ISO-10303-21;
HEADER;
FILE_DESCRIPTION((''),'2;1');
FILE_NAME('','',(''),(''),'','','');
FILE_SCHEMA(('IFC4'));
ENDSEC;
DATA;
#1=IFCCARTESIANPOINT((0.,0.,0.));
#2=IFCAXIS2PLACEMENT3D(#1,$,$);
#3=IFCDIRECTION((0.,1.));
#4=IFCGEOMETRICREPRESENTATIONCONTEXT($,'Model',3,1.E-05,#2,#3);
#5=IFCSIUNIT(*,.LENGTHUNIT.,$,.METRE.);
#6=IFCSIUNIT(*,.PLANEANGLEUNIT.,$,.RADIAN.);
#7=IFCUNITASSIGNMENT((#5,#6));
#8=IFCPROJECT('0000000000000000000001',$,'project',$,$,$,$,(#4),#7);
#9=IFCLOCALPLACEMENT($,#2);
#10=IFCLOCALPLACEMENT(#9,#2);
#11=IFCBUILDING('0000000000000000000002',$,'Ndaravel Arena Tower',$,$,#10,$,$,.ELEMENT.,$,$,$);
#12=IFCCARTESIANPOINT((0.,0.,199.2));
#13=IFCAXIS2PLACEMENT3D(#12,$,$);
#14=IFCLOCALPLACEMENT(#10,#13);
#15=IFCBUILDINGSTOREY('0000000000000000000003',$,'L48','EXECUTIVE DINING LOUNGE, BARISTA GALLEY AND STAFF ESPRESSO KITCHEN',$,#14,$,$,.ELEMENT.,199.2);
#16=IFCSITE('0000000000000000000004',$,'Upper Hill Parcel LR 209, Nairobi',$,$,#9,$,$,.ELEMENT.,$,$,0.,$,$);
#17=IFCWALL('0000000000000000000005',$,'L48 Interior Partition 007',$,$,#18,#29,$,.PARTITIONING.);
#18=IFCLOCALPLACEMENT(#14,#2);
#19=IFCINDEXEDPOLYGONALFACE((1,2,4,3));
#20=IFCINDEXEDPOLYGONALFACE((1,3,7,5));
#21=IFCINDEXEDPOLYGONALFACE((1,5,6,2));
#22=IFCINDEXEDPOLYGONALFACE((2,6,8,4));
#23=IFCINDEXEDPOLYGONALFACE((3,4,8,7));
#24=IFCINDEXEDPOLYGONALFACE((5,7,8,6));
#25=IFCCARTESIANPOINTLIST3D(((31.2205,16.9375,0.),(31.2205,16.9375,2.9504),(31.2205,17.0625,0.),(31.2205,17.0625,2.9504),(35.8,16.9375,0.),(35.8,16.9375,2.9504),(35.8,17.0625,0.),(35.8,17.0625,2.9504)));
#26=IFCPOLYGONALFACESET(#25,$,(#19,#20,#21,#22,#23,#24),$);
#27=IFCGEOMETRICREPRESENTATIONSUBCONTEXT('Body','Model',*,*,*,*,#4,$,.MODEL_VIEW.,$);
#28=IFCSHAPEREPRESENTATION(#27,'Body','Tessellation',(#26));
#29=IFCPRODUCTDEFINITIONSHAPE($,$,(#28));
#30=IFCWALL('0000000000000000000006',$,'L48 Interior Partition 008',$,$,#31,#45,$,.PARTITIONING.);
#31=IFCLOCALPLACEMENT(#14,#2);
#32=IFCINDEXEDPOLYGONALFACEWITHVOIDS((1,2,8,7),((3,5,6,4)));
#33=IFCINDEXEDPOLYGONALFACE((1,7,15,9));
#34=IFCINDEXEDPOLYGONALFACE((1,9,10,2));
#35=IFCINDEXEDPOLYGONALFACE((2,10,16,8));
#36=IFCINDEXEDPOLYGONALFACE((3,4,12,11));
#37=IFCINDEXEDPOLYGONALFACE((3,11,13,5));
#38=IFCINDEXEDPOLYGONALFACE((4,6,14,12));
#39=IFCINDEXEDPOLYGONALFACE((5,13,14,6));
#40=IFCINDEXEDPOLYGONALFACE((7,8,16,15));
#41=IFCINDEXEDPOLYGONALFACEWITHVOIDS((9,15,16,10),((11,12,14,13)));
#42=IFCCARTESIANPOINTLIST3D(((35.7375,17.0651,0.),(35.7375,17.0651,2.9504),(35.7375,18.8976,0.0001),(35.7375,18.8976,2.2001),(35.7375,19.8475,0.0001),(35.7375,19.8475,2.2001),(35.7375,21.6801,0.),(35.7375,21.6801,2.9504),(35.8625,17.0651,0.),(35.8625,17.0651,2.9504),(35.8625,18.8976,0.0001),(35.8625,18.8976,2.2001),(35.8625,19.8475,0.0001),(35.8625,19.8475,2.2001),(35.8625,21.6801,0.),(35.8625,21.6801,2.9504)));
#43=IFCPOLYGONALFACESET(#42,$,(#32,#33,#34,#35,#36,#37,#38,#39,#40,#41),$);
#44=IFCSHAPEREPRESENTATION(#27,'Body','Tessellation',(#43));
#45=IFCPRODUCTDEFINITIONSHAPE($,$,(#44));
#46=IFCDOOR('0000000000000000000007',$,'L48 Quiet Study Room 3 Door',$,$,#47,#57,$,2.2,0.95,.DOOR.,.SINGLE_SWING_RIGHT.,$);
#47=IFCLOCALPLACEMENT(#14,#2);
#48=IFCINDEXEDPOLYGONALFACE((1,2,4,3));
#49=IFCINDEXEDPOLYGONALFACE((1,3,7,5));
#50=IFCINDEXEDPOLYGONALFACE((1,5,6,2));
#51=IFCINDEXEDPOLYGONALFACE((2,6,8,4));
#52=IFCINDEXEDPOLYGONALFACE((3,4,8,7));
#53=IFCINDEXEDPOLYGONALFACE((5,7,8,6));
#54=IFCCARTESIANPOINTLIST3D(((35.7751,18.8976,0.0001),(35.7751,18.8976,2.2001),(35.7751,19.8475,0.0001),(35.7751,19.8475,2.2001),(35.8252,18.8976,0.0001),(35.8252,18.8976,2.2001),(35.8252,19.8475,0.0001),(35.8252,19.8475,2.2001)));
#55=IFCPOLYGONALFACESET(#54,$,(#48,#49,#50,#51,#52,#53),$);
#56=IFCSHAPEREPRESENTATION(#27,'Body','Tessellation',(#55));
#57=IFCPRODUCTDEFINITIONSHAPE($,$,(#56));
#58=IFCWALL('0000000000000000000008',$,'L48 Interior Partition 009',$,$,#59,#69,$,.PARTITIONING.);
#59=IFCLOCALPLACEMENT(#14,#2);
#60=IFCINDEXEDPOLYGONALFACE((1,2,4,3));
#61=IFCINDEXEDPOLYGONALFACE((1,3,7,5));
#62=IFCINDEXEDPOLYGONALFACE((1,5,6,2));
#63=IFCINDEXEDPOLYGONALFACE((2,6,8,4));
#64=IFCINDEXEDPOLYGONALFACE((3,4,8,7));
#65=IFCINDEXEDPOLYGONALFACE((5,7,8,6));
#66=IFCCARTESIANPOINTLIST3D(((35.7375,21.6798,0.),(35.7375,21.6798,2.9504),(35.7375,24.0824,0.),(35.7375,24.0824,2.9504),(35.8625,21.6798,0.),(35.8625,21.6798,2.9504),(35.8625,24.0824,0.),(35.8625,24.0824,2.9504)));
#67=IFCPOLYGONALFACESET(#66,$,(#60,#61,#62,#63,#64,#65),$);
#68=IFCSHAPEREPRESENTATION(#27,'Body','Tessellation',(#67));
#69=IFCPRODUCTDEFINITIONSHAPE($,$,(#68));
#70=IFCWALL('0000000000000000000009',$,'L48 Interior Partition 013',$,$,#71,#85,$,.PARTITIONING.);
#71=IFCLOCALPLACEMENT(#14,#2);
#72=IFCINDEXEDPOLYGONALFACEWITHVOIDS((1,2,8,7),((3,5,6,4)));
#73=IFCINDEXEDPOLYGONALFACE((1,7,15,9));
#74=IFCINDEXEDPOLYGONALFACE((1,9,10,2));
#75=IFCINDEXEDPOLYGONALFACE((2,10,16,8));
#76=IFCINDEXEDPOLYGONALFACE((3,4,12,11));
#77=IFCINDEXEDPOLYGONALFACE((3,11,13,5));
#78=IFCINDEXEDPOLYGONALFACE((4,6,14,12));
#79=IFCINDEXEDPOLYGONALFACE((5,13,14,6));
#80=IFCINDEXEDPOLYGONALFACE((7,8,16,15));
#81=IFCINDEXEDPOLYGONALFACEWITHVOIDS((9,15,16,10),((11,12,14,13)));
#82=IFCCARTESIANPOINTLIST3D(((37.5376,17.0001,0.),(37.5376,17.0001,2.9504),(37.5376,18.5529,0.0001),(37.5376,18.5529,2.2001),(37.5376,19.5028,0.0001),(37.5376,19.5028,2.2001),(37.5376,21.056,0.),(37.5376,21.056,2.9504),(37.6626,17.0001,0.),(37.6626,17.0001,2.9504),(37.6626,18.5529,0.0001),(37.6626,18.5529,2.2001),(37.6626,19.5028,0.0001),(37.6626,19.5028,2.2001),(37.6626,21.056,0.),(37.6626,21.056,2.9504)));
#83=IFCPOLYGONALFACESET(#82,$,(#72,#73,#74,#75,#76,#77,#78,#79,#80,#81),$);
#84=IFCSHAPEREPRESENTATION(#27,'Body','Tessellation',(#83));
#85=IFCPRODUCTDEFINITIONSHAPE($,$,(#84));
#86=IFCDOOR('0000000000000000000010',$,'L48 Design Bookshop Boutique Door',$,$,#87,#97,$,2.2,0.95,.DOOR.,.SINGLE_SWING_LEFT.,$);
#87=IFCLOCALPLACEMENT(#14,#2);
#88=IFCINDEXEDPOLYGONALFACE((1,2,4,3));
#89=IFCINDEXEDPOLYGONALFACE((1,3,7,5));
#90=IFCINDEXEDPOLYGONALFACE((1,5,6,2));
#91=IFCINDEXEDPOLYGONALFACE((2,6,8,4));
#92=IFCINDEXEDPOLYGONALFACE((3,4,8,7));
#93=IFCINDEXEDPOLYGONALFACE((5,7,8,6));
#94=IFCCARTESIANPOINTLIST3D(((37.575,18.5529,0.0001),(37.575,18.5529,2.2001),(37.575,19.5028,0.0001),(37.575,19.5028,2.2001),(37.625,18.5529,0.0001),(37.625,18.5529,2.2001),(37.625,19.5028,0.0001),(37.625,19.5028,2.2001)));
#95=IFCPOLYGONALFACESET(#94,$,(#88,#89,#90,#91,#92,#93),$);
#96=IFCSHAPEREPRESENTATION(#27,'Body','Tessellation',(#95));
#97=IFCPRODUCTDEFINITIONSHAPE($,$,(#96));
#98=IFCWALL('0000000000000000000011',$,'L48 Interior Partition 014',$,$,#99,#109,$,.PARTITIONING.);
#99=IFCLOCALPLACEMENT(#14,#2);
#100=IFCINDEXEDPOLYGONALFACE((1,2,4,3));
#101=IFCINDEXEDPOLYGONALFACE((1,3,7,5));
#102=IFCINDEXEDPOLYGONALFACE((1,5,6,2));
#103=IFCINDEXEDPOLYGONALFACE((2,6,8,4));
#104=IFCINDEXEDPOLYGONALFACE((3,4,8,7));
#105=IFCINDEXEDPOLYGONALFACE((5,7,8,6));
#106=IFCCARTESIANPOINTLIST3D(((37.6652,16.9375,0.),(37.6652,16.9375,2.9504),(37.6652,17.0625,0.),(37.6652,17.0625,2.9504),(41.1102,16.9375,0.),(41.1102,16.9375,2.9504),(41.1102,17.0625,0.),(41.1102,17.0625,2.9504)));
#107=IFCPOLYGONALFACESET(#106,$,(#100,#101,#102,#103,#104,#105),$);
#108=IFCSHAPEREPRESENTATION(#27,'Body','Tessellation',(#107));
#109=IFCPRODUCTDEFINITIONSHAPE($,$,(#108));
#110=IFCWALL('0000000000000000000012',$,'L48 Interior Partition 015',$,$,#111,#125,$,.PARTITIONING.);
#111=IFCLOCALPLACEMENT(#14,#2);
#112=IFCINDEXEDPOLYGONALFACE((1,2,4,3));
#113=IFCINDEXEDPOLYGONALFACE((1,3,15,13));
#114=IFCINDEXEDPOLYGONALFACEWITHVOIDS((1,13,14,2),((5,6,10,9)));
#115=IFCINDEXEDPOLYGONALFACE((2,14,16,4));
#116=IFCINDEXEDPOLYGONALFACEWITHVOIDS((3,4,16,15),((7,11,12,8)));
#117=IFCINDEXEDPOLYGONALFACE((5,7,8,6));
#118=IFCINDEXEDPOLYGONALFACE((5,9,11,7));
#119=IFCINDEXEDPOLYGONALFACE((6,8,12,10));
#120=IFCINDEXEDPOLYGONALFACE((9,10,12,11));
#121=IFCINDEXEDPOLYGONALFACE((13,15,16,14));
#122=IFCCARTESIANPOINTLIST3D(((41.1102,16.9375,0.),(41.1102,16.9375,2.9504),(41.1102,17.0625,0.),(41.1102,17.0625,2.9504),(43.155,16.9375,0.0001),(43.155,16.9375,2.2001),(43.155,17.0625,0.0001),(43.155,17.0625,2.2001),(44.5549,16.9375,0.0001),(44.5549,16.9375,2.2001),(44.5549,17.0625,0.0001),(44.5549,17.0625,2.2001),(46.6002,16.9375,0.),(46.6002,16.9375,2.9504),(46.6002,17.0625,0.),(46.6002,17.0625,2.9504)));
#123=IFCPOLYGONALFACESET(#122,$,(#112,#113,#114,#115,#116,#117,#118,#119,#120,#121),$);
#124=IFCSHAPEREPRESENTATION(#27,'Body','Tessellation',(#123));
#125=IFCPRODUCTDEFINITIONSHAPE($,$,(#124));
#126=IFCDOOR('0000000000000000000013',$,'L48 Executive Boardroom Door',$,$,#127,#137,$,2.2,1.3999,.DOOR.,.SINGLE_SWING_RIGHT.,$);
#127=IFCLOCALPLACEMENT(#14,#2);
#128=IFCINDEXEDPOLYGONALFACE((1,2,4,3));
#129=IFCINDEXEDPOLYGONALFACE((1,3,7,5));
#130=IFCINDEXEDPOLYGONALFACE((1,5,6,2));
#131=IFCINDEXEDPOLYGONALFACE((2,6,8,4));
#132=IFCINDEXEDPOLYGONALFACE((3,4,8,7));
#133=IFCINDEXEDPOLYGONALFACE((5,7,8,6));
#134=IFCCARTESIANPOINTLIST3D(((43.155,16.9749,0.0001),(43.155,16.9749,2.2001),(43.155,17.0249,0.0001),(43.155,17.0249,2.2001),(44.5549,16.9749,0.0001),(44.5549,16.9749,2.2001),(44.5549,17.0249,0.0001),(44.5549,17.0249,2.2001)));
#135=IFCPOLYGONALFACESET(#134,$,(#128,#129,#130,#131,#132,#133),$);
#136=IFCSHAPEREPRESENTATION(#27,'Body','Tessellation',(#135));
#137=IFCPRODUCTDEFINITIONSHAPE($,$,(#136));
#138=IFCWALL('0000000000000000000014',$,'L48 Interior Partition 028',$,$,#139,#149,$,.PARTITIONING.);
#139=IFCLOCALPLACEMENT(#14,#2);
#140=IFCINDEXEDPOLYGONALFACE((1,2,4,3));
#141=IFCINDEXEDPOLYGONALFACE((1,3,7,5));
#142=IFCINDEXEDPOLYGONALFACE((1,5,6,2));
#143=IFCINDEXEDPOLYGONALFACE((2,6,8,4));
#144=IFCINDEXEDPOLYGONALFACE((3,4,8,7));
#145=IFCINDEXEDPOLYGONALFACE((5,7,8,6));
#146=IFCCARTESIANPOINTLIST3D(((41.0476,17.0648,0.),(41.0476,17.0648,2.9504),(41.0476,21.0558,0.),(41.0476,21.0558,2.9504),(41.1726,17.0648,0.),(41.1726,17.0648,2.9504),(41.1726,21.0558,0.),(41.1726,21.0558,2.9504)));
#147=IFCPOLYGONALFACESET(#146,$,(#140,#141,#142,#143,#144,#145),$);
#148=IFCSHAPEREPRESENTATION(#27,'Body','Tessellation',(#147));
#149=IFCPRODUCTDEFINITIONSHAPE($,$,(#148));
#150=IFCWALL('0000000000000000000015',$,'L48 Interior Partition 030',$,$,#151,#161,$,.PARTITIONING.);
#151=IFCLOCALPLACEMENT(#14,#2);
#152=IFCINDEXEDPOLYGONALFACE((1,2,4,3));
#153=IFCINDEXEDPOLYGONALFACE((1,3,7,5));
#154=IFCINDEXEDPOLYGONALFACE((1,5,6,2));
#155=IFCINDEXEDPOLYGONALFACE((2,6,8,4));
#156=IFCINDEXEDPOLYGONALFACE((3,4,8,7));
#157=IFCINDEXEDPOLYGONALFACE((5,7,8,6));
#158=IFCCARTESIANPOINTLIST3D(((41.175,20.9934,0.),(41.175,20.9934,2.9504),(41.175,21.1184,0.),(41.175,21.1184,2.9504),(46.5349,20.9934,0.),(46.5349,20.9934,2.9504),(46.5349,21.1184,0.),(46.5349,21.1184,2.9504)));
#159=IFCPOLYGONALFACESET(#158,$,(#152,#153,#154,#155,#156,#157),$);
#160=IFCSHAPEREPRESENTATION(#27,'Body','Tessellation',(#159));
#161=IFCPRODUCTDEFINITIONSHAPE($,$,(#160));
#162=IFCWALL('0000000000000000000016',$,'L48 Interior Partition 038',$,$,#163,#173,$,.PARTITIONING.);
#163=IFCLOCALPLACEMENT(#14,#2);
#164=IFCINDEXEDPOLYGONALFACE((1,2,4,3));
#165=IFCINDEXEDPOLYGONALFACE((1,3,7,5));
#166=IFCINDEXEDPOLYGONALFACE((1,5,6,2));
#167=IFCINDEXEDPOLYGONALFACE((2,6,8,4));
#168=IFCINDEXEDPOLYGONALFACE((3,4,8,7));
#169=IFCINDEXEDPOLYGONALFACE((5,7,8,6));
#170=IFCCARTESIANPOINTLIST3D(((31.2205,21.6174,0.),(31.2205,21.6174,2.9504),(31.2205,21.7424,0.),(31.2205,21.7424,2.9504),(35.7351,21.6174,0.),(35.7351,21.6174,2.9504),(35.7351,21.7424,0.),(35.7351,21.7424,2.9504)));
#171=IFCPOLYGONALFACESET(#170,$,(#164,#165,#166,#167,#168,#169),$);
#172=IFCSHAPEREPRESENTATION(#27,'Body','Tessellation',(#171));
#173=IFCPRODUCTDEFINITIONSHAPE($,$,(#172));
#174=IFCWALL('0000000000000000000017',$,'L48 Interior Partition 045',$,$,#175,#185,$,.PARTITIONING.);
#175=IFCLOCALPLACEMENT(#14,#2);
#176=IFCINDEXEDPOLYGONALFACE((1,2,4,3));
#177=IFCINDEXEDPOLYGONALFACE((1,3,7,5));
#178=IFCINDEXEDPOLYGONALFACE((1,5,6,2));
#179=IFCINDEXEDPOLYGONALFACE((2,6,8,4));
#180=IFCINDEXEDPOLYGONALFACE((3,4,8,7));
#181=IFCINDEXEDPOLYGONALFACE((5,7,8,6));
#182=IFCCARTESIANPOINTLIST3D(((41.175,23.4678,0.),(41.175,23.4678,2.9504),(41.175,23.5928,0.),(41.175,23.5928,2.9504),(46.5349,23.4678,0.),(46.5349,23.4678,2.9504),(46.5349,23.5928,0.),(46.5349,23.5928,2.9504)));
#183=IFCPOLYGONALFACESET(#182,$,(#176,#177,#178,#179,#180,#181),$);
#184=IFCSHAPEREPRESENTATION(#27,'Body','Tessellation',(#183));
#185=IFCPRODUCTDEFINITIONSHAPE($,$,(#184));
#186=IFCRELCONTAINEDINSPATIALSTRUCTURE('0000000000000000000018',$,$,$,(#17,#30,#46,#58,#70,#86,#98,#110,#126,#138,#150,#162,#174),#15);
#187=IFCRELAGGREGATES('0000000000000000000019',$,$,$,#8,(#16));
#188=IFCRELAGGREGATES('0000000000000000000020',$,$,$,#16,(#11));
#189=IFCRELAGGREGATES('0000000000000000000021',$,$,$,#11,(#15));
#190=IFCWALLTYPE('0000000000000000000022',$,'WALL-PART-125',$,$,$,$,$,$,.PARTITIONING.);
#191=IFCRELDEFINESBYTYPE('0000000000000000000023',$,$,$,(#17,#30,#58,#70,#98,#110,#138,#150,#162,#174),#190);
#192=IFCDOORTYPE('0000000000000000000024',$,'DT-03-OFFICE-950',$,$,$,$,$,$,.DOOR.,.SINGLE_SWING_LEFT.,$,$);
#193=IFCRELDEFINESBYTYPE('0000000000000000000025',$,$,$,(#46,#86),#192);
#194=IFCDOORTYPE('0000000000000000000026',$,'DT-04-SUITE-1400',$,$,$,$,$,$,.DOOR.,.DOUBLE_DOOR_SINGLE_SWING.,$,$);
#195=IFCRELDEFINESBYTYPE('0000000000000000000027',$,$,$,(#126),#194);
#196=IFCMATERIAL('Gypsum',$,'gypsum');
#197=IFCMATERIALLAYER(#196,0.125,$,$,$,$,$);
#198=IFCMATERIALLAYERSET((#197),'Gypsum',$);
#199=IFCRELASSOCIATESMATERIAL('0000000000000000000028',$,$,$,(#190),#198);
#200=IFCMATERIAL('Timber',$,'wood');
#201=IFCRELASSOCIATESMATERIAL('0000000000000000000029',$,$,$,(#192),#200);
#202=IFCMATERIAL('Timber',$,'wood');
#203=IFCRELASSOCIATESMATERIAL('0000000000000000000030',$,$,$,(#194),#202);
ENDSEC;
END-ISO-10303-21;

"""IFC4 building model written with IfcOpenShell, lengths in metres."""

from ifc_helpers import new_model, si_unit, direction, frame, frame_2d, origin, place, context, subcontext, project, spatial, rectangle, extrude, material, layer, layer_set, type_object, element, fill, save


model = new_model("IFC4")

# Units and contexts
model_context = context("Model", 3, precision=1e-05, world=origin(), true_north=direction((0.0, 1.0)))
body_context = subcontext(model_context, "Body", "Model", "MODEL_VIEW")
ifc_project = project(units=[si_unit("LENGTHUNIT", "METRE"), si_unit("PLANEANGLEUNIT", "RADIAN")], contexts=[model_context])

# Site, building, storey
site_placement = place(None, origin())
site = spatial("IfcSite", under=ifc_project, at=site_placement, Name="Upper Hill Parcel LR 209, Nairobi", CompositionType="ELEMENT", RefElevation=0.0)
building_placement = place(site_placement, origin())
building = spatial("IfcBuilding", under=site, at=building_placement, Name="Ndaravel Arena Tower", CompositionType="ELEMENT")
storey_placement = place(building_placement, frame((0.0, 0.0, 199.2)))
storey = spatial("IfcBuildingStorey", under=building, at=storey_placement, Name="L48", Description="EXECUTIVE DINING LOUNGE, BARISTA GALLEY AND STAFF ESPRESSO KITCHEN", CompositionType="ELEMENT", Elevation=199.2)

# Wall
ifc_material_1 = material(Name="Gypsum", Category="gypsum")
ifc_layer_1 = layer(ifc_material_1, 0.125)
ifc_layer_set_1 = layer_set([ifc_layer_1], Name="Gypsum")
wall_type_1 = type_object("IfcWallType", Name="WALL-PART-125", PredefinedType="PARTITIONING", material=ifc_layer_set_1)
wall_1_placement = place(storey_placement, frame((31.2205, 17.0, 0.0), z_axis=(0.0, 0.0, 1.0), x_axis=(1.0, 0.0, 0.0)))
element("IfcWall", 1, at=wall_1_placement, inside=storey, type_object=wall_type_1, Name="L48 Interior Partition 007", PredefinedType="PARTITIONING", context=body_context, shape_type="SweptSolid", body=[
    extrude(rectangle(XDim=4.5796, YDim=0.125, at=frame_2d((2.2898, 0.0))), origin(), (0.0, 0.0, 1.0), 2.9504),
])

# Wall, opening, door
wall_2_placement = place(storey_placement, frame((35.8, 17.0649, 0.0), z_axis=(0.0, 0.0, 1.0), x_axis=(0.0, 1.0, 0.0)))
wall_2 = element("IfcWall", 2, at=wall_2_placement, inside=storey, type_object=wall_type_1, Name="L48 Interior Partition 008", PredefinedType="PARTITIONING", context=body_context, shape_type="SweptSolid", body=[
    extrude(rectangle(XDim=4.615, YDim=0.125, at=frame_2d((2.3076, 0.0))), origin(), (0.0, 0.0, 1.0), 2.9504),
])
opening_1_placement = place(wall_2_placement, frame((1.8325, 0.0, 0.0)))
opening_1 = element("IfcOpeningElement", 3, at=opening_1_placement, cuts=wall_2, PredefinedType="OPENING", context=body_context, shape_type="SweptSolid", body=[
    extrude(rectangle(XDim=0.95, YDim=2.2, at=frame_2d((0.4751, 1.1001))), frame((0.0, 0.0625, 0.0), z_axis=(0.0, -1.0, 0.0), x_axis=(1.0, 0.0, 0.0)), (0.0, 0.0, 1.0), 0.125),
])
ifc_material_2 = material(Name="Timber", Category="wood")
door_type_1 = type_object("IfcDoorType", Name="DT-03-OFFICE-950", OperationType="SINGLE_SWING_LEFT", PredefinedType="DOOR", material=ifc_material_2)
door_1_placement = place(opening_1_placement, origin())
door_1 = element("IfcDoor", 4, at=door_1_placement, inside=storey, type_object=door_type_1, Name="L48 Quiet Study Room 3 Door", OperationType="SINGLE_SWING_RIGHT", OverallHeight=2.2, OverallWidth=0.95, PredefinedType="DOOR", context=body_context, shape_type="SweptSolid", body=[
    extrude(rectangle(XDim=0.95, YDim=2.2, at=frame_2d((0.4751, 1.1001))), frame((0.0, 0.0249, 0.0), z_axis=(0.0, -1.0, 0.0), x_axis=(1.0, 0.0, 0.0)), (0.0, 0.0, 1.0), 0.05),
])
fill(opening_1, door_1)

# Wall
wall_3_placement = place(storey_placement, frame((35.8, 21.6799, 0.0), z_axis=(0.0, 0.0, 1.0), x_axis=(0.0, 1.0, 0.0)))
element("IfcWall", 5, at=wall_3_placement, inside=storey, type_object=wall_type_1, Name="L48 Interior Partition 009", PredefinedType="PARTITIONING", context=body_context, shape_type="SweptSolid", body=[
    extrude(rectangle(XDim=2.4026, YDim=0.125, at=frame_2d((1.2012, 0.0))), origin(), (0.0, 0.0, 1.0), 2.9504),
])

# Wall, opening, door
wall_4_placement = place(storey_placement, frame((37.6001, 21.0559, 0.0), z_axis=(0.0, 0.0, 1.0), x_axis=(0.0, -1.0, 0.0)))
wall_4 = element("IfcWall", 6, at=wall_4_placement, inside=storey, type_object=wall_type_1, Name="L48 Interior Partition 013", PredefinedType="PARTITIONING", context=body_context, shape_type="SweptSolid", body=[
    extrude(rectangle(XDim=4.0559, YDim=0.125, at=frame_2d((2.0278, 0.0))), origin(), (0.0, 0.0, 1.0), 2.9504),
])
opening_2_placement = place(wall_4_placement, frame((1.553, 0.0, 0.0)))
opening_2 = element("IfcOpeningElement", 7, at=opening_2_placement, cuts=wall_4, PredefinedType="OPENING", context=body_context, shape_type="SweptSolid", body=[
    extrude(rectangle(XDim=0.95, YDim=2.2, at=frame_2d((0.4751, 1.1001))), frame((0.0, 0.0625, 0.0), z_axis=(0.0, -1.0, 0.0), x_axis=(1.0, 0.0, 0.0)), (0.0, 0.0, 1.0), 0.125),
])
door_2_placement = place(opening_2_placement, origin())
door_2 = element("IfcDoor", 8, at=door_2_placement, inside=storey, type_object=door_type_1, Name="L48 Design Bookshop Boutique Door", OperationType="SINGLE_SWING_LEFT", OverallHeight=2.2, OverallWidth=0.95, PredefinedType="DOOR", context=body_context, shape_type="SweptSolid", body=[
    extrude(rectangle(XDim=0.95, YDim=2.2, at=frame_2d((0.4751, 1.1001))), frame((0.0, 0.0249, 0.0), z_axis=(0.0, -1.0, 0.0), x_axis=(1.0, 0.0, 0.0)), (0.0, 0.0, 1.0), 0.05),
])
fill(opening_2, door_2)

# Wall
wall_5_placement = place(storey_placement, frame((37.665, 17.0, 0.0), z_axis=(0.0, 0.0, 1.0), x_axis=(1.0, 0.0, 0.0)))
element("IfcWall", 9, at=wall_5_placement, inside=storey, type_object=wall_type_1, Name="L48 Interior Partition 014", PredefinedType="PARTITIONING", context=body_context, shape_type="SweptSolid", body=[
    extrude(rectangle(XDim=3.4451, YDim=0.125, at=frame_2d((1.7227, 0.0))), origin(), (0.0, 0.0, 1.0), 2.9504),
])

# Wall, opening, door
wall_6_placement = place(storey_placement, frame((41.1101, 17.0, 0.0), z_axis=(0.0, 0.0, 1.0), x_axis=(1.0, 0.0, 0.0)))
wall_6 = element("IfcWall", 10, at=wall_6_placement, inside=storey, type_object=wall_type_1, Name="L48 Interior Partition 015", PredefinedType="PARTITIONING", context=body_context, shape_type="SweptSolid", body=[
    extrude(rectangle(XDim=5.49, YDim=0.125, at=frame_2d((2.7451, 0.0))), origin(), (0.0, 0.0, 1.0), 2.9504),
])
opening_3_placement = place(wall_6_placement, frame((2.0449, 0.0, 0.0)))
opening_3 = element("IfcOpeningElement", 11, at=opening_3_placement, cuts=wall_6, PredefinedType="OPENING", context=body_context, shape_type="SweptSolid", body=[
    extrude(rectangle(XDim=1.3999, YDim=2.2, at=frame_2d((0.7, 1.1001))), frame((0.0, 0.0625, 0.0), z_axis=(0.0, -1.0, 0.0), x_axis=(1.0, 0.0, 0.0)), (0.0, 0.0, 1.0), 0.125),
])
ifc_material_3 = material(Name="Timber", Category="wood")
door_type_2 = type_object("IfcDoorType", Name="DT-04-SUITE-1400", OperationType="DOUBLE_DOOR_SINGLE_SWING", PredefinedType="DOOR", material=ifc_material_3)
door_3_placement = place(opening_3_placement, origin())
door_3 = element("IfcDoor", 12, at=door_3_placement, inside=storey, type_object=door_type_2, Name="L48 Executive Boardroom Door", OperationType="SINGLE_SWING_RIGHT", OverallHeight=2.2, OverallWidth=1.3999, PredefinedType="DOOR", context=body_context, shape_type="SweptSolid", body=[
    extrude(rectangle(XDim=1.3999, YDim=2.2, at=frame_2d((0.7, 1.1001))), frame((0.0, 0.0249, 0.0), z_axis=(0.0, -1.0, 0.0), x_axis=(1.0, 0.0, 0.0)), (0.0, 0.0, 1.0), 0.05),
])
fill(opening_3, door_3)

# Walls
wall_7_placement = place(storey_placement, frame((41.1101, 21.0559, 0.0), z_axis=(0.0, 0.0, 1.0), x_axis=(0.0, -1.0, 0.0)))
element("IfcWall", 13, at=wall_7_placement, inside=storey, type_object=wall_type_1, Name="L48 Interior Partition 028", PredefinedType="PARTITIONING", context=body_context, shape_type="SweptSolid", body=[
    extrude(rectangle(XDim=3.991, YDim=0.125, at=frame_2d((1.9956, 0.0))), origin(), (0.0, 0.0, 1.0), 2.9504),
])
wall_8_placement = place(storey_placement, frame((41.175, 21.0559, 0.0), z_axis=(0.0, 0.0, 1.0), x_axis=(1.0, 0.0, 0.0)))
element("IfcWall", 14, at=wall_8_placement, inside=storey, type_object=wall_type_1, Name="L48 Interior Partition 030", PredefinedType="PARTITIONING", context=body_context, shape_type="SweptSolid", body=[
    extrude(rectangle(XDim=5.3599, YDim=0.125, at=frame_2d((2.6799, 0.0))), origin(), (0.0, 0.0, 1.0), 2.9504),
])
wall_9_placement = place(storey_placement, frame((31.2205, 21.6799, 0.0), z_axis=(0.0, 0.0, 1.0), x_axis=(1.0, 0.0, 0.0)))
element("IfcWall", 15, at=wall_9_placement, inside=storey, type_object=wall_type_1, Name="L48 Interior Partition 038", PredefinedType="PARTITIONING", context=body_context, shape_type="SweptSolid", body=[
    extrude(rectangle(XDim=4.5146, YDim=0.125, at=frame_2d((2.2573, 0.0))), origin(), (0.0, 0.0, 1.0), 2.9504),
])
wall_10_placement = place(storey_placement, frame((41.175, 23.5303, 0.0), z_axis=(0.0, 0.0, 1.0), x_axis=(1.0, 0.0, 0.0)))
element("IfcWall", 16, at=wall_10_placement, inside=storey, type_object=wall_type_1, Name="L48 Interior Partition 045", PredefinedType="PARTITIONING", context=body_context, shape_type="SweptSolid", body=[
    extrude(rectangle(XDim=5.3599, YDim=0.125, at=frame_2d((2.6799, 0.0))), origin(), (0.0, 0.0, 1.0), 2.9504),
])

save(model, "model.ifc")
